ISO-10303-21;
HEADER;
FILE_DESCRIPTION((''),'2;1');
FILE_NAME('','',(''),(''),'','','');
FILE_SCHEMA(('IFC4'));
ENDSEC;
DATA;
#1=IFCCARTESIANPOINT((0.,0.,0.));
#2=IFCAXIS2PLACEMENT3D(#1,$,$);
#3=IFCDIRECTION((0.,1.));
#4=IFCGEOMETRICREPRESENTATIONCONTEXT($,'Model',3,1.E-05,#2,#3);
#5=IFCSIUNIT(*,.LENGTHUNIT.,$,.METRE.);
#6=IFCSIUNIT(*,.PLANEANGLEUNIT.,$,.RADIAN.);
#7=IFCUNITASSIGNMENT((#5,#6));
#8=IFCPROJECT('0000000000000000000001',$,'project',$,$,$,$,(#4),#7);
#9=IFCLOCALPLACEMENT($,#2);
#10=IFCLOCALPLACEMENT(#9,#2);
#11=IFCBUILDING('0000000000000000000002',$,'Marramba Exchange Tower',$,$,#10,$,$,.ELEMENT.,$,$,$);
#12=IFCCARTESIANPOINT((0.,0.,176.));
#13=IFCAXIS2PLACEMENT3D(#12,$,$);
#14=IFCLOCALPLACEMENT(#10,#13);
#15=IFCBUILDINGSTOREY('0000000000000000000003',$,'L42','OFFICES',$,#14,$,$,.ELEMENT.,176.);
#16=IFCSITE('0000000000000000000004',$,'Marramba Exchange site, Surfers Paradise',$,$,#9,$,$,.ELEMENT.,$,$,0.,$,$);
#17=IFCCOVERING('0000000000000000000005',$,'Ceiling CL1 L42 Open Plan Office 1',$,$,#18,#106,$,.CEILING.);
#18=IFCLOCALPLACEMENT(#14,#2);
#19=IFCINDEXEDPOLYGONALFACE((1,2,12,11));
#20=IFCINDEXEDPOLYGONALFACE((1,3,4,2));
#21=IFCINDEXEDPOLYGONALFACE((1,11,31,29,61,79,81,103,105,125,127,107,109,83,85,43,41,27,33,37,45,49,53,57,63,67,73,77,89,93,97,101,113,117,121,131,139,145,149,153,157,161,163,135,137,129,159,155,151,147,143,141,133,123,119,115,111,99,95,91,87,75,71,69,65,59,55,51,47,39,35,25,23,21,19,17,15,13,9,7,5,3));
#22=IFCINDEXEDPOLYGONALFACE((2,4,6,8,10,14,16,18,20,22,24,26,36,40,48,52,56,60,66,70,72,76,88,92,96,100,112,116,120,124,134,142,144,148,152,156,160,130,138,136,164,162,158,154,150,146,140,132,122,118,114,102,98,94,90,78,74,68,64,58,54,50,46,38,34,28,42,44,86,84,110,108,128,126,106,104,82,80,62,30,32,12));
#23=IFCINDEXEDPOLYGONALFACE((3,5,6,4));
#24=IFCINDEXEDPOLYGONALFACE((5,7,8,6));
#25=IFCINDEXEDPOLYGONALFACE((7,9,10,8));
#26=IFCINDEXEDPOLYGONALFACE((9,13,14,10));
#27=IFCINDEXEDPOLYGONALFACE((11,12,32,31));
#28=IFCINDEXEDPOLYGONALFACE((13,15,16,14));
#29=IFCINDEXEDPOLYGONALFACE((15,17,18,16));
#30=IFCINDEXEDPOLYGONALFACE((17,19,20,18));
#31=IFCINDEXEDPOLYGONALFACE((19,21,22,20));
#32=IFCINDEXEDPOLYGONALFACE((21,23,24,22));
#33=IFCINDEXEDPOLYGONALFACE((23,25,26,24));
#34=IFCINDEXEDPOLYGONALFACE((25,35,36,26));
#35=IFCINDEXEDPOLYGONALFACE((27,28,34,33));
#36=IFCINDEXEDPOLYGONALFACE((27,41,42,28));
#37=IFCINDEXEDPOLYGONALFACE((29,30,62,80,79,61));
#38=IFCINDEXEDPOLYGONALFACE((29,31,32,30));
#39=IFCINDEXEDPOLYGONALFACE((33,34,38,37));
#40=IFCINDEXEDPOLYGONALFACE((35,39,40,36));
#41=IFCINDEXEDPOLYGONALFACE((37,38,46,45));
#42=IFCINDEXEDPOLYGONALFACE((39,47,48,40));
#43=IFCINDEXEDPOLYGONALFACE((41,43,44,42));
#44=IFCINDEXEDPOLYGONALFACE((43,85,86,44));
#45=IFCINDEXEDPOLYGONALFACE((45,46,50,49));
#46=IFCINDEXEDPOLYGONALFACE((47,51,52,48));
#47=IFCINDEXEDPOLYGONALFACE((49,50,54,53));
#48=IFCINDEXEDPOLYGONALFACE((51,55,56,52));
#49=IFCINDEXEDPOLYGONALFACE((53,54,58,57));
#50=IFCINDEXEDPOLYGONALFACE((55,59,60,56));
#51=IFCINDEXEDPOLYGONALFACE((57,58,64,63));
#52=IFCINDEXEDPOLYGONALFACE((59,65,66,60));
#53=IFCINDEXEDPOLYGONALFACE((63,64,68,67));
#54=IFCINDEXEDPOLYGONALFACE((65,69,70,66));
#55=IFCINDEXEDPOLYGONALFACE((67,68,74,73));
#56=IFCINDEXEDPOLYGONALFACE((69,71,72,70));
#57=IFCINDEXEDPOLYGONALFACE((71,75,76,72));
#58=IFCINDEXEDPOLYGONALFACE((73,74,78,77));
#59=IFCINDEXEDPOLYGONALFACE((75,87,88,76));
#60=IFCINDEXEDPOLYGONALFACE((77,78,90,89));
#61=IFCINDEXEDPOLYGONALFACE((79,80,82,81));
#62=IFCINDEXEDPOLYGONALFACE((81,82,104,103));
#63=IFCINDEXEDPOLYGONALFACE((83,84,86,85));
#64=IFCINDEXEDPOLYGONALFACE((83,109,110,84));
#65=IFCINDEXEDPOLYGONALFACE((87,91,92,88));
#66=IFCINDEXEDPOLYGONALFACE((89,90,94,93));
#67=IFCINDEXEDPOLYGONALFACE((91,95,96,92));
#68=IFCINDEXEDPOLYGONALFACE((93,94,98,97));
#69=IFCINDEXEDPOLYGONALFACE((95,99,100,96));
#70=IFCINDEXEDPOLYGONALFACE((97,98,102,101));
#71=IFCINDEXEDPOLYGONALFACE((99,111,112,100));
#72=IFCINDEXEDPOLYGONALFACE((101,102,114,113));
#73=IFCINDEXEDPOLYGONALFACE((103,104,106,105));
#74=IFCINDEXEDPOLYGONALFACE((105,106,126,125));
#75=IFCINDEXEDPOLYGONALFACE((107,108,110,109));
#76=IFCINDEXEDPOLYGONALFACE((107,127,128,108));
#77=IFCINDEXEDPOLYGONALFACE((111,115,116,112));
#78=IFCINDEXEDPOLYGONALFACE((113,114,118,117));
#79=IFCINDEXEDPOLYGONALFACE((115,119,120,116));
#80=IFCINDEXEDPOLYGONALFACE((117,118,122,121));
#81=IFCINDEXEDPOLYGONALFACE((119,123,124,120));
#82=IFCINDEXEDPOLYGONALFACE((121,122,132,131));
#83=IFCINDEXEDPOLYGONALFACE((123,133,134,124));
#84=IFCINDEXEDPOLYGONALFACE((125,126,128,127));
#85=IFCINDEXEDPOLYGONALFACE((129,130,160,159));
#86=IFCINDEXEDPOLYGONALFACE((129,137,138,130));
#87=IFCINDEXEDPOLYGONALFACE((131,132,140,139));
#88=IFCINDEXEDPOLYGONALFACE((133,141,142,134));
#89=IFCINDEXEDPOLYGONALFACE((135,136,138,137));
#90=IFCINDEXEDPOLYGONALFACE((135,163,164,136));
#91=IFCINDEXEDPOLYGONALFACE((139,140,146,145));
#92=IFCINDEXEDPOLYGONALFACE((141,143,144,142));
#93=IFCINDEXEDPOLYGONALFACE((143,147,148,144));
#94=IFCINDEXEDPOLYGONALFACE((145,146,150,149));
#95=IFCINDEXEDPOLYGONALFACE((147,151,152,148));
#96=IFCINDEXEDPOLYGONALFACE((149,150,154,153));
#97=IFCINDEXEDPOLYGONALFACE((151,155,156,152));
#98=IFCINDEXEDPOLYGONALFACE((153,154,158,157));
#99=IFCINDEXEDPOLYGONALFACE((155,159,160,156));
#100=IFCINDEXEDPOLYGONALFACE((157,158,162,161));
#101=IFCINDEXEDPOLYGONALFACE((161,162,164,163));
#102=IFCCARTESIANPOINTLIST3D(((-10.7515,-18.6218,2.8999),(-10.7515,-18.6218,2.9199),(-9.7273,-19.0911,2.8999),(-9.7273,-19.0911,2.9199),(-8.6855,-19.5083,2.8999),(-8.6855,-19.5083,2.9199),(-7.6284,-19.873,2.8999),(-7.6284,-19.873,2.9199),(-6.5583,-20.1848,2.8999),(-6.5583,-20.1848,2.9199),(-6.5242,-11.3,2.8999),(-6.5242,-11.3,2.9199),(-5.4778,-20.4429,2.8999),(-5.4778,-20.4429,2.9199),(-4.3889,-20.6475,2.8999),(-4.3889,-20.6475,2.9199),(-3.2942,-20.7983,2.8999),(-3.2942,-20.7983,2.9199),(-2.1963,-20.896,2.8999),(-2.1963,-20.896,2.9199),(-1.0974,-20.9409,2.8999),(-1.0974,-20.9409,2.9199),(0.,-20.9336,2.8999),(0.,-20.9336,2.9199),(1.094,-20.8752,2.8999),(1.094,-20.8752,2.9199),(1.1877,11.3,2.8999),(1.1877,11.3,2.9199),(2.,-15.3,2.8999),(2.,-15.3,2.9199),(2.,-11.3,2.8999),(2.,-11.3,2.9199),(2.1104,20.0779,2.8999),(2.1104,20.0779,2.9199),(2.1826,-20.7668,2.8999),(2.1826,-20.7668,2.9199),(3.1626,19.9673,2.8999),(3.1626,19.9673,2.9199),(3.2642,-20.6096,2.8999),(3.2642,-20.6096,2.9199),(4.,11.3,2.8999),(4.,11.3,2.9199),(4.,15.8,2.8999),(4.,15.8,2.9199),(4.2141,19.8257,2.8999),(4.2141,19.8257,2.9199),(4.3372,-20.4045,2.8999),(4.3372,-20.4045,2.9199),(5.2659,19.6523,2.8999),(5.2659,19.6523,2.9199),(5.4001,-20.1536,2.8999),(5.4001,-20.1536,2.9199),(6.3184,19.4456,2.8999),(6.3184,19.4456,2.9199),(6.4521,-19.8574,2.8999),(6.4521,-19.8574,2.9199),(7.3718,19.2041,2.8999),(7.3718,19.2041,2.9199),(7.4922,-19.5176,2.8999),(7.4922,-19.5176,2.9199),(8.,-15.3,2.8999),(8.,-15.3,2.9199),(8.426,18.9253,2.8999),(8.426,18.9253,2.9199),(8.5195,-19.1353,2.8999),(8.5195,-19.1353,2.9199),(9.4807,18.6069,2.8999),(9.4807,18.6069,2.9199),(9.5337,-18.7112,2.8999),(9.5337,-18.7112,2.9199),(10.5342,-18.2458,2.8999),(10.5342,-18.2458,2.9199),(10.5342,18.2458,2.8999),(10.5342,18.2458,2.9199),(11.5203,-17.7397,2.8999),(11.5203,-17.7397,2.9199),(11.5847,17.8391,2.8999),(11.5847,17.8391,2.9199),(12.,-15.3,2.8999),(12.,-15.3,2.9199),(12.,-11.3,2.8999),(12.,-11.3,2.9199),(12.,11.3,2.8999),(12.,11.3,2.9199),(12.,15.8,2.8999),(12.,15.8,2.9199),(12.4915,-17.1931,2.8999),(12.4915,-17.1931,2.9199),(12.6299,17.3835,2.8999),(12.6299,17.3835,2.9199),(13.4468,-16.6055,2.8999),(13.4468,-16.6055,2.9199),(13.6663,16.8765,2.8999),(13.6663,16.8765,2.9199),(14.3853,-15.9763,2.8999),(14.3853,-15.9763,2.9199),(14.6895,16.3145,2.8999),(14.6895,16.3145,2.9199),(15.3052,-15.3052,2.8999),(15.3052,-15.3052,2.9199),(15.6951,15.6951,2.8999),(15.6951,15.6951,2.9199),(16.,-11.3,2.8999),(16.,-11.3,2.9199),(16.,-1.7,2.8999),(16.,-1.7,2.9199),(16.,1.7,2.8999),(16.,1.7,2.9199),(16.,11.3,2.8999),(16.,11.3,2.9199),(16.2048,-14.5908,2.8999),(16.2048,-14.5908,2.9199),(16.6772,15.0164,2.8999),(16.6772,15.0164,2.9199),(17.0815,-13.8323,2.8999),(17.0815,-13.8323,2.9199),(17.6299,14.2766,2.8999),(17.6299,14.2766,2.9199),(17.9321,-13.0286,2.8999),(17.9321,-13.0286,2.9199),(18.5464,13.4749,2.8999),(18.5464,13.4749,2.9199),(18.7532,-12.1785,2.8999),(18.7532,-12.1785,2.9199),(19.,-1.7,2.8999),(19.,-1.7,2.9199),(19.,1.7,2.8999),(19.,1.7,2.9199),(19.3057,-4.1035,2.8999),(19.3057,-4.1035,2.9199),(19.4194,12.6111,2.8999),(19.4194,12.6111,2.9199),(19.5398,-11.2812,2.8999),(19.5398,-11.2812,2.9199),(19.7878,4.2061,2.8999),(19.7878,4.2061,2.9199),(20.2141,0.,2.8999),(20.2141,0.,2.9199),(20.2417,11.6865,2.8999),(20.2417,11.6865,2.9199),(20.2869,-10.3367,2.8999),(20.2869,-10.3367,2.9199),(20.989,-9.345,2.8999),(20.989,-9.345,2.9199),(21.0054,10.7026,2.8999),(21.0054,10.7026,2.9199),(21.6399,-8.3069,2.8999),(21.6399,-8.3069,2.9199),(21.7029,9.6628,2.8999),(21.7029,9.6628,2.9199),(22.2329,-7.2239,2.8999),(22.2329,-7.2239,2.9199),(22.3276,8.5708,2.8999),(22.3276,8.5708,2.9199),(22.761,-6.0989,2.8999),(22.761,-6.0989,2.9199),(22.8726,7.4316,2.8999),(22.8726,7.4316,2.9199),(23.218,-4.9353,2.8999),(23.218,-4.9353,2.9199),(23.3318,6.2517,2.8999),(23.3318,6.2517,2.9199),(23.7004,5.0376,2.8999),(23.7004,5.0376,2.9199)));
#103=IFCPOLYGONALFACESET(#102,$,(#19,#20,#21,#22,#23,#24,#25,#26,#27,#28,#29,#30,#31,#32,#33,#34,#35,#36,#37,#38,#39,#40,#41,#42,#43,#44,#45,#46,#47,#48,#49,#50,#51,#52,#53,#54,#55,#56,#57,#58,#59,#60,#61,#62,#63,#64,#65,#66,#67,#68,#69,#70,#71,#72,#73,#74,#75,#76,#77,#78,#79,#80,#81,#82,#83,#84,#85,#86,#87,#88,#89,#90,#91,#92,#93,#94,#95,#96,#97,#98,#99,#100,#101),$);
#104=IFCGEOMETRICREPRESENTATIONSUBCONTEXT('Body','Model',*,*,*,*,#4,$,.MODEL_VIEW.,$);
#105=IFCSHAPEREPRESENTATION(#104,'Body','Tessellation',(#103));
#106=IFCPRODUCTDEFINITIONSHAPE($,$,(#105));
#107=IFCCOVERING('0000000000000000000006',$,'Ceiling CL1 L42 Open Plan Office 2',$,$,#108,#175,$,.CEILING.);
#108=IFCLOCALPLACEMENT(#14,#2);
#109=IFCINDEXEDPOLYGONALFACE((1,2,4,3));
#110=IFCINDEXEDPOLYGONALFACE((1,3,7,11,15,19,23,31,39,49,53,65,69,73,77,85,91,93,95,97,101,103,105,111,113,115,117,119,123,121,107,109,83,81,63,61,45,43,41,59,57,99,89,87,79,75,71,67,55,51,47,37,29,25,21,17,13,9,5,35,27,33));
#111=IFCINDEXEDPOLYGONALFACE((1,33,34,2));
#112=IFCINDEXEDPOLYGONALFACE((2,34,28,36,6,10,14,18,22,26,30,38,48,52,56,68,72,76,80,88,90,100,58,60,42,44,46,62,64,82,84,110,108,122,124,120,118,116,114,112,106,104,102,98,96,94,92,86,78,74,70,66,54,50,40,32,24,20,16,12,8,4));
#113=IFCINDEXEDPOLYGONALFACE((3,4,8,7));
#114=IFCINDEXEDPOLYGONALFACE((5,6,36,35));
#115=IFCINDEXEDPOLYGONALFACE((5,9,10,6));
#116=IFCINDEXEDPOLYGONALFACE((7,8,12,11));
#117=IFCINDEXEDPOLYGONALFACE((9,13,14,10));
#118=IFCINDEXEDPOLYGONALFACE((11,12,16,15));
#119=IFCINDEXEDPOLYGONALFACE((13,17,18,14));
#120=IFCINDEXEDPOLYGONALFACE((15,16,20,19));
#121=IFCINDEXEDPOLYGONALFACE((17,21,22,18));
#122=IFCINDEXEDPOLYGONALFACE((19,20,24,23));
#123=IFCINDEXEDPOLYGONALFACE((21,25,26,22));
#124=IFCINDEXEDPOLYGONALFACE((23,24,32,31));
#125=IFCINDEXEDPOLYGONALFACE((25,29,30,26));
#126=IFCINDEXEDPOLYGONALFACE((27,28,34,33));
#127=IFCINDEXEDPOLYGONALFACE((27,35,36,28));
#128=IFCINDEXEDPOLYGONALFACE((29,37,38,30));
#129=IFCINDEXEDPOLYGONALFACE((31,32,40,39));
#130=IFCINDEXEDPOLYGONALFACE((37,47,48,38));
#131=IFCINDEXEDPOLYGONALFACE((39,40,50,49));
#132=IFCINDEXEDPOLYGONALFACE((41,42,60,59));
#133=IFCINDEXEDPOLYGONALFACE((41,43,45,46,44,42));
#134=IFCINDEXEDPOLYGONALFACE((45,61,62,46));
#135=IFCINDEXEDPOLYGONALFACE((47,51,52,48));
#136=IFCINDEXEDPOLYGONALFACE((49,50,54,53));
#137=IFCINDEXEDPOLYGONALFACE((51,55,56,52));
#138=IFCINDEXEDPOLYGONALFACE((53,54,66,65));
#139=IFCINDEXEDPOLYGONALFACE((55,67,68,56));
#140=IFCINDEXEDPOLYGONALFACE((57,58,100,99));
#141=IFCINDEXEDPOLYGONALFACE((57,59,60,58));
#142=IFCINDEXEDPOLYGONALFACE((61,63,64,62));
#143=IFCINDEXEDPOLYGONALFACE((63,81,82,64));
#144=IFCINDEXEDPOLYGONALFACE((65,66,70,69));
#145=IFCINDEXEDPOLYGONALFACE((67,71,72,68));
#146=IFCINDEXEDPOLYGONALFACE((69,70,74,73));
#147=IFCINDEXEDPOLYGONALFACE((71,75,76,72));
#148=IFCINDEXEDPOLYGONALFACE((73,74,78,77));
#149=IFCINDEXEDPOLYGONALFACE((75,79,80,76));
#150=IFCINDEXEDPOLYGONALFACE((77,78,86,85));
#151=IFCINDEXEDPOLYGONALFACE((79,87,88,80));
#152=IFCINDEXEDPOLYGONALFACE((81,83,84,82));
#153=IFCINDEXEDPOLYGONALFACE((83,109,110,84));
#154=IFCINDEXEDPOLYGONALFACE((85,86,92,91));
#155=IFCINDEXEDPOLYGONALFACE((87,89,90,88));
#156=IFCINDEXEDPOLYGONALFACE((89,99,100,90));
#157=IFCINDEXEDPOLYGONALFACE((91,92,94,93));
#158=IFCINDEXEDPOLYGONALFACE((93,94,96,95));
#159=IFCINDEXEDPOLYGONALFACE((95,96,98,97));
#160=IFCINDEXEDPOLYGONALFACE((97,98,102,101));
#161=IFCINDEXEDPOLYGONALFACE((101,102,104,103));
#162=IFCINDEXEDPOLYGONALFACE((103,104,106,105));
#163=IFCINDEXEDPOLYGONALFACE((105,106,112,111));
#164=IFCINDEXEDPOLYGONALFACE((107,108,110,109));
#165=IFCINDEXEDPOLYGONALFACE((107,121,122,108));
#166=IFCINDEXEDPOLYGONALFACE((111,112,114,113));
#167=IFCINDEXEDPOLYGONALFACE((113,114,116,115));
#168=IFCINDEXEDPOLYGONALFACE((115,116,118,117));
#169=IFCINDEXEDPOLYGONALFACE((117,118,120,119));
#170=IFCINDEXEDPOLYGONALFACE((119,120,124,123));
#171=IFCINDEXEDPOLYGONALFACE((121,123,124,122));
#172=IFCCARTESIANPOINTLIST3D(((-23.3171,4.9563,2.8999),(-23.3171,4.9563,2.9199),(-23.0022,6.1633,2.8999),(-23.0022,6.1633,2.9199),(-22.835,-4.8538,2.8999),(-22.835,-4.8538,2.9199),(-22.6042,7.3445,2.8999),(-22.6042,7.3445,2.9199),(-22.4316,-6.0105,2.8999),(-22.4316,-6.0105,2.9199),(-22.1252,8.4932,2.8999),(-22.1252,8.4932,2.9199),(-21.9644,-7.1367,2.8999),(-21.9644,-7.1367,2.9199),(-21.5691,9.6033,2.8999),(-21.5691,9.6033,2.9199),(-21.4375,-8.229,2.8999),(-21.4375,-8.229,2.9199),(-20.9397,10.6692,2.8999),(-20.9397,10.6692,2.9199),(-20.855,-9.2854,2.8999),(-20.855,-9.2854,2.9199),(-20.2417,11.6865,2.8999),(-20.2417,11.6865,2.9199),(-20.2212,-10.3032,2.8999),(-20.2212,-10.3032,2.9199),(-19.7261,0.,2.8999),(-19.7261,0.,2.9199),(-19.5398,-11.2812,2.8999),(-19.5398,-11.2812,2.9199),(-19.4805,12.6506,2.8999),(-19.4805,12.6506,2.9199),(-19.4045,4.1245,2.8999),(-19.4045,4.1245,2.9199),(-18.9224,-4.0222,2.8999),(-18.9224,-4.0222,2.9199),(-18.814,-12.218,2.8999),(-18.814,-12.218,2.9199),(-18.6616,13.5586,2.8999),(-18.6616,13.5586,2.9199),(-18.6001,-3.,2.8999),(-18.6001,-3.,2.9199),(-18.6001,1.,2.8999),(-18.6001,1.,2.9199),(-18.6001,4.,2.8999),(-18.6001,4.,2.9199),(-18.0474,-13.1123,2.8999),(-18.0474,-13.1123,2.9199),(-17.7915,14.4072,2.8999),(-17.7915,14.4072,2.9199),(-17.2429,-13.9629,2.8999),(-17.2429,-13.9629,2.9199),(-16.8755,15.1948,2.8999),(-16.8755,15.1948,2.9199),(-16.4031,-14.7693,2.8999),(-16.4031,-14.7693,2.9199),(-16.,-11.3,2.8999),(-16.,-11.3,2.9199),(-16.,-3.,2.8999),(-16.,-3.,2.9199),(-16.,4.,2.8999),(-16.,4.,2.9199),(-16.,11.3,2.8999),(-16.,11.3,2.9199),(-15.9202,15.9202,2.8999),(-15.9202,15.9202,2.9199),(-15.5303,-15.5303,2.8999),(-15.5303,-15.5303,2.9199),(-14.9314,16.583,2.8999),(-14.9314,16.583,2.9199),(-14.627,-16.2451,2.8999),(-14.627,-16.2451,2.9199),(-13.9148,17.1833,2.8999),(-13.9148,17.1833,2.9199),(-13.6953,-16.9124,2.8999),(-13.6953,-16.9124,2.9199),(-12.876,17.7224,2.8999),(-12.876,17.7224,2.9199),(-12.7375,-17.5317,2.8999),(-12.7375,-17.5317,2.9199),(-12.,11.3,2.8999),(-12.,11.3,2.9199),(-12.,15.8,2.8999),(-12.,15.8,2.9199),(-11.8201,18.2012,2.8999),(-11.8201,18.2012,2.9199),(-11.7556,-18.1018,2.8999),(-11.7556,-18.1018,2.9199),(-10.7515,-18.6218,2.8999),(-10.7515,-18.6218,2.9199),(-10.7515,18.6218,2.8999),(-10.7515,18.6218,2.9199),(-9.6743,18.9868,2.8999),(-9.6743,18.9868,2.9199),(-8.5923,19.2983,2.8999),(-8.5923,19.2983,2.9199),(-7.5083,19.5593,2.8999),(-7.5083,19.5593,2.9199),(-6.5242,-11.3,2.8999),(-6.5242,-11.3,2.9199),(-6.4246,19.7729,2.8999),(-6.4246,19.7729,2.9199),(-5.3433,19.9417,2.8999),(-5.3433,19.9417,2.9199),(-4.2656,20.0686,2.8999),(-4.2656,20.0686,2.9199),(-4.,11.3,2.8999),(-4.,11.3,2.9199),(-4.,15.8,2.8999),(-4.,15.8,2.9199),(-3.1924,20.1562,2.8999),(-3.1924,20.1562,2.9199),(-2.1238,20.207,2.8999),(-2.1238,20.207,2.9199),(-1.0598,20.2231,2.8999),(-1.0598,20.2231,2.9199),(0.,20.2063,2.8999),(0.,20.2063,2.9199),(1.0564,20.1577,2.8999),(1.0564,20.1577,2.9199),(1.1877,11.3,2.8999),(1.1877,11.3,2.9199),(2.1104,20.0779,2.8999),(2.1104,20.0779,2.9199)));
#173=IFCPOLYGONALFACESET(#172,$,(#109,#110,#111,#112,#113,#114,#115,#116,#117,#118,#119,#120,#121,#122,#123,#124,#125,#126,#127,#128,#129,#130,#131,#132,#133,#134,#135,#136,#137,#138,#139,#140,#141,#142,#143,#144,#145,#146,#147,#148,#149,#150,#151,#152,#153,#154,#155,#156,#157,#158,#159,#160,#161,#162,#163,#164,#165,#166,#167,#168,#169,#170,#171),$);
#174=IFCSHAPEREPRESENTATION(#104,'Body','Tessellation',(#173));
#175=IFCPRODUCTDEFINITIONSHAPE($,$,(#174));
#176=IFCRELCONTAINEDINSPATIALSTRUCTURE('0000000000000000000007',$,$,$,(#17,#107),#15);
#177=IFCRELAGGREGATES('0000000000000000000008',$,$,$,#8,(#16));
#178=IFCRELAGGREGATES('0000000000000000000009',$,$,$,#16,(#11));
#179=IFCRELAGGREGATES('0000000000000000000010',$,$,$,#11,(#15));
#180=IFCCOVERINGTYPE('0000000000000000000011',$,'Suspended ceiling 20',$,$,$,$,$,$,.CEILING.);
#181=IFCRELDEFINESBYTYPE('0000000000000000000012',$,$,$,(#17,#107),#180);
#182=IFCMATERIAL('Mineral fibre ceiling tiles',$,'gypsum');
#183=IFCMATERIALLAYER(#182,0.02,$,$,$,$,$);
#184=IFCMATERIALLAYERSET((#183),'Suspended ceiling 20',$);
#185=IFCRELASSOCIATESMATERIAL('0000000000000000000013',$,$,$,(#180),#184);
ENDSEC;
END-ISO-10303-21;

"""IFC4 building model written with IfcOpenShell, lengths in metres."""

from ifc_helpers import new_model, si_unit, direction, frame, origin, place, context, subcontext, project, spatial, polyline, outline, extrude, material, layer, layer_set, type_object, element, save


model = new_model("IFC4")

# Units and contexts
model_context = context("Model", 3, precision=1e-05, world=origin(), true_north=direction((0.0, 1.0)))
body_context = subcontext(model_context, "Body", "Model", "MODEL_VIEW")
ifc_project = project(units=[si_unit("LENGTHUNIT", "METRE"), si_unit("PLANEANGLEUNIT", "RADIAN")], contexts=[model_context])

# Site, building, storey
site_placement = place(None, origin())
site = spatial("IfcSite", under=ifc_project, at=site_placement, Name="Marramba Exchange site, Surfers Paradise", CompositionType="ELEMENT", RefElevation=0.0)
building_placement = place(site_placement, origin())
building = spatial("IfcBuilding", under=site, at=building_placement, Name="Marramba Exchange Tower", CompositionType="ELEMENT")
storey_placement = place(building_placement, frame((0.0, 0.0, 176.0)))
storey = spatial("IfcBuildingStorey", under=building, at=storey_placement, Name="L42", Description="OFFICES", CompositionType="ELEMENT", Elevation=176.0)

# Coverings
ifc_material_1 = material(Name="Mineral fibre ceiling tiles", Category="gypsum")
ifc_layer_1 = layer(ifc_material_1, 0.02)
ifc_layer_set_1 = layer_set([ifc_layer_1], Name="Suspended ceiling 20")
covering_type = type_object("IfcCoveringType", Name="Suspended ceiling 20", PredefinedType="CEILING", material=ifc_layer_set_1)
covering_1_placement = place(storey_placement, frame((0.0, 0.0, 2.8999)))
element("IfcCovering", 1, at=covering_1_placement, inside=storey, type_object=covering_type, Name="Ceiling CL1 L42 Open Plan Office 1", PredefinedType="CEILING", context=body_context, shape_type="SweptSolid", body=[
    extrude(outline(polyline([(16.0, -1.7), (19.0, -1.7), (19.0, 1.7), (16.0, 1.7), (16.0, 11.3), (12.0, 11.3), (12.0, 15.8), (4.0, 15.8), (4.0, 11.3), (1.1877, 11.3), (2.1104, 20.0779), (3.1626, 19.9673), (4.2141, 19.8257), (5.2659, 19.6523), (6.3184, 19.4456), (7.3718, 19.2041), (8.426, 18.9253), (9.4807, 18.6069), (10.5342, 18.2458), (11.5847, 17.8391), (12.6299, 17.3835), (13.6663, 16.8765), (14.6895, 16.3145), (15.6951, 15.6951), (16.6772, 15.0164), (17.6299, 14.2766), (18.5464, 13.4749), (19.4194, 12.6111), (20.2417, 11.6865), (21.0054, 10.7026), (21.7029, 9.6628), (22.3276, 8.5708), (22.8726, 7.4316), (23.3318, 6.2517), (23.7004, 5.0376), (19.7878, 4.2061), (20.2141, 0.0), (19.3057, -4.1035), (23.218, -4.9353), (22.761, -6.0989), (22.2329, -7.2239), (21.6399, -8.3069), (20.989, -9.345), (20.2869, -10.3367), (19.5398, -11.2812), (18.7532, -12.1785), (17.9321, -13.0286), (17.0815, -13.8323), (16.2048, -14.5908), (15.3052, -15.3052), (14.3853, -15.9763), (13.4468, -16.6055), (12.4915, -17.1931), (11.5203, -17.7397), (10.5342, -18.2458), (9.5337, -18.7112), (8.5195, -19.1353), (7.4922, -19.5176), (6.4521, -19.8574), (5.4001, -20.1536), (4.3372, -20.4045), (3.2642, -20.6096), (2.1826, -20.7668), (1.094, -20.8752), (0.0, -20.9336), (-1.0974, -20.9409), (-2.1963, -20.896), (-3.2942, -20.7983), (-4.3889, -20.6475), (-5.4778, -20.4429), (-6.5583, -20.1848), (-7.6284, -19.873), (-8.6855, -19.5083), (-9.7273, -19.0911), (-10.7515, -18.6218), (-6.5242, -11.3), (2.0, -11.3), (2.0, -15.3), (8.0, -15.3), (12.0, -15.3), (12.0, -11.3), (16.0, -11.3), (16.0, -1.7)])), origin(), (0.0, 0.0, 1.0), 0.02),
])
covering_2_placement = place(storey_placement, frame((0.0, 0.0, 2.8999)))
element("IfcCovering", 2, at=covering_2_placement, inside=storey, type_object=covering_type, Name="Ceiling CL1 L42 Open Plan Office 2", PredefinedType="CEILING", context=body_context, shape_type="SweptSolid", body=[
    extrude(outline(polyline([(-16.0, 4.0), (-18.6001, 4.0), (-18.6001, 1.0), (-18.6001, -3.0), (-16.0, -3.0), (-16.0, -11.3), (-6.5242, -11.3), (-10.7515, -18.6218), (-11.7556, -18.1018), (-12.7375, -17.5317), (-13.6953, -16.9124), (-14.627, -16.2451), (-15.5303, -15.5303), (-16.4031, -14.7693), (-17.2429, -13.9629), (-18.0474, -13.1123), (-18.814, -12.218), (-19.5398, -11.2812), (-20.2212, -10.3032), (-20.855, -9.2854), (-21.4375, -8.229), (-21.9644, -7.1367), (-22.4316, -6.0105), (-22.835, -4.8538), (-18.9224, -4.0222), (-19.7261, 0.0), (-19.4045, 4.1245), (-23.3171, 4.9563), (-23.0022, 6.1633), (-22.6042, 7.3445), (-22.1252, 8.4932), (-21.5691, 9.6033), (-20.9397, 10.6692), (-20.2417, 11.6865), (-19.4805, 12.6506), (-18.6616, 13.5586), (-17.7915, 14.4072), (-16.8755, 15.1948), (-15.9202, 15.9202), (-14.9314, 16.583), (-13.9148, 17.1833), (-12.876, 17.7224), (-11.8201, 18.2012), (-10.7515, 18.6218), (-9.6743, 18.9868), (-8.5923, 19.2983), (-7.5083, 19.5593), (-6.4246, 19.7729), (-5.3433, 19.9417), (-4.2656, 20.0686), (-3.1924, 20.1562), (-2.1238, 20.207), (-1.0598, 20.2231), (0.0, 20.2063), (1.0564, 20.1577), (2.1104, 20.0779), (1.1877, 11.3), (-4.0, 11.3), (-4.0, 15.8), (-12.0, 15.8), (-12.0, 11.3), (-16.0, 11.3), (-16.0, 4.0)])), origin(), (0.0, 0.0, 1.0), 0.02),
])

save(model, "model.ifc")
